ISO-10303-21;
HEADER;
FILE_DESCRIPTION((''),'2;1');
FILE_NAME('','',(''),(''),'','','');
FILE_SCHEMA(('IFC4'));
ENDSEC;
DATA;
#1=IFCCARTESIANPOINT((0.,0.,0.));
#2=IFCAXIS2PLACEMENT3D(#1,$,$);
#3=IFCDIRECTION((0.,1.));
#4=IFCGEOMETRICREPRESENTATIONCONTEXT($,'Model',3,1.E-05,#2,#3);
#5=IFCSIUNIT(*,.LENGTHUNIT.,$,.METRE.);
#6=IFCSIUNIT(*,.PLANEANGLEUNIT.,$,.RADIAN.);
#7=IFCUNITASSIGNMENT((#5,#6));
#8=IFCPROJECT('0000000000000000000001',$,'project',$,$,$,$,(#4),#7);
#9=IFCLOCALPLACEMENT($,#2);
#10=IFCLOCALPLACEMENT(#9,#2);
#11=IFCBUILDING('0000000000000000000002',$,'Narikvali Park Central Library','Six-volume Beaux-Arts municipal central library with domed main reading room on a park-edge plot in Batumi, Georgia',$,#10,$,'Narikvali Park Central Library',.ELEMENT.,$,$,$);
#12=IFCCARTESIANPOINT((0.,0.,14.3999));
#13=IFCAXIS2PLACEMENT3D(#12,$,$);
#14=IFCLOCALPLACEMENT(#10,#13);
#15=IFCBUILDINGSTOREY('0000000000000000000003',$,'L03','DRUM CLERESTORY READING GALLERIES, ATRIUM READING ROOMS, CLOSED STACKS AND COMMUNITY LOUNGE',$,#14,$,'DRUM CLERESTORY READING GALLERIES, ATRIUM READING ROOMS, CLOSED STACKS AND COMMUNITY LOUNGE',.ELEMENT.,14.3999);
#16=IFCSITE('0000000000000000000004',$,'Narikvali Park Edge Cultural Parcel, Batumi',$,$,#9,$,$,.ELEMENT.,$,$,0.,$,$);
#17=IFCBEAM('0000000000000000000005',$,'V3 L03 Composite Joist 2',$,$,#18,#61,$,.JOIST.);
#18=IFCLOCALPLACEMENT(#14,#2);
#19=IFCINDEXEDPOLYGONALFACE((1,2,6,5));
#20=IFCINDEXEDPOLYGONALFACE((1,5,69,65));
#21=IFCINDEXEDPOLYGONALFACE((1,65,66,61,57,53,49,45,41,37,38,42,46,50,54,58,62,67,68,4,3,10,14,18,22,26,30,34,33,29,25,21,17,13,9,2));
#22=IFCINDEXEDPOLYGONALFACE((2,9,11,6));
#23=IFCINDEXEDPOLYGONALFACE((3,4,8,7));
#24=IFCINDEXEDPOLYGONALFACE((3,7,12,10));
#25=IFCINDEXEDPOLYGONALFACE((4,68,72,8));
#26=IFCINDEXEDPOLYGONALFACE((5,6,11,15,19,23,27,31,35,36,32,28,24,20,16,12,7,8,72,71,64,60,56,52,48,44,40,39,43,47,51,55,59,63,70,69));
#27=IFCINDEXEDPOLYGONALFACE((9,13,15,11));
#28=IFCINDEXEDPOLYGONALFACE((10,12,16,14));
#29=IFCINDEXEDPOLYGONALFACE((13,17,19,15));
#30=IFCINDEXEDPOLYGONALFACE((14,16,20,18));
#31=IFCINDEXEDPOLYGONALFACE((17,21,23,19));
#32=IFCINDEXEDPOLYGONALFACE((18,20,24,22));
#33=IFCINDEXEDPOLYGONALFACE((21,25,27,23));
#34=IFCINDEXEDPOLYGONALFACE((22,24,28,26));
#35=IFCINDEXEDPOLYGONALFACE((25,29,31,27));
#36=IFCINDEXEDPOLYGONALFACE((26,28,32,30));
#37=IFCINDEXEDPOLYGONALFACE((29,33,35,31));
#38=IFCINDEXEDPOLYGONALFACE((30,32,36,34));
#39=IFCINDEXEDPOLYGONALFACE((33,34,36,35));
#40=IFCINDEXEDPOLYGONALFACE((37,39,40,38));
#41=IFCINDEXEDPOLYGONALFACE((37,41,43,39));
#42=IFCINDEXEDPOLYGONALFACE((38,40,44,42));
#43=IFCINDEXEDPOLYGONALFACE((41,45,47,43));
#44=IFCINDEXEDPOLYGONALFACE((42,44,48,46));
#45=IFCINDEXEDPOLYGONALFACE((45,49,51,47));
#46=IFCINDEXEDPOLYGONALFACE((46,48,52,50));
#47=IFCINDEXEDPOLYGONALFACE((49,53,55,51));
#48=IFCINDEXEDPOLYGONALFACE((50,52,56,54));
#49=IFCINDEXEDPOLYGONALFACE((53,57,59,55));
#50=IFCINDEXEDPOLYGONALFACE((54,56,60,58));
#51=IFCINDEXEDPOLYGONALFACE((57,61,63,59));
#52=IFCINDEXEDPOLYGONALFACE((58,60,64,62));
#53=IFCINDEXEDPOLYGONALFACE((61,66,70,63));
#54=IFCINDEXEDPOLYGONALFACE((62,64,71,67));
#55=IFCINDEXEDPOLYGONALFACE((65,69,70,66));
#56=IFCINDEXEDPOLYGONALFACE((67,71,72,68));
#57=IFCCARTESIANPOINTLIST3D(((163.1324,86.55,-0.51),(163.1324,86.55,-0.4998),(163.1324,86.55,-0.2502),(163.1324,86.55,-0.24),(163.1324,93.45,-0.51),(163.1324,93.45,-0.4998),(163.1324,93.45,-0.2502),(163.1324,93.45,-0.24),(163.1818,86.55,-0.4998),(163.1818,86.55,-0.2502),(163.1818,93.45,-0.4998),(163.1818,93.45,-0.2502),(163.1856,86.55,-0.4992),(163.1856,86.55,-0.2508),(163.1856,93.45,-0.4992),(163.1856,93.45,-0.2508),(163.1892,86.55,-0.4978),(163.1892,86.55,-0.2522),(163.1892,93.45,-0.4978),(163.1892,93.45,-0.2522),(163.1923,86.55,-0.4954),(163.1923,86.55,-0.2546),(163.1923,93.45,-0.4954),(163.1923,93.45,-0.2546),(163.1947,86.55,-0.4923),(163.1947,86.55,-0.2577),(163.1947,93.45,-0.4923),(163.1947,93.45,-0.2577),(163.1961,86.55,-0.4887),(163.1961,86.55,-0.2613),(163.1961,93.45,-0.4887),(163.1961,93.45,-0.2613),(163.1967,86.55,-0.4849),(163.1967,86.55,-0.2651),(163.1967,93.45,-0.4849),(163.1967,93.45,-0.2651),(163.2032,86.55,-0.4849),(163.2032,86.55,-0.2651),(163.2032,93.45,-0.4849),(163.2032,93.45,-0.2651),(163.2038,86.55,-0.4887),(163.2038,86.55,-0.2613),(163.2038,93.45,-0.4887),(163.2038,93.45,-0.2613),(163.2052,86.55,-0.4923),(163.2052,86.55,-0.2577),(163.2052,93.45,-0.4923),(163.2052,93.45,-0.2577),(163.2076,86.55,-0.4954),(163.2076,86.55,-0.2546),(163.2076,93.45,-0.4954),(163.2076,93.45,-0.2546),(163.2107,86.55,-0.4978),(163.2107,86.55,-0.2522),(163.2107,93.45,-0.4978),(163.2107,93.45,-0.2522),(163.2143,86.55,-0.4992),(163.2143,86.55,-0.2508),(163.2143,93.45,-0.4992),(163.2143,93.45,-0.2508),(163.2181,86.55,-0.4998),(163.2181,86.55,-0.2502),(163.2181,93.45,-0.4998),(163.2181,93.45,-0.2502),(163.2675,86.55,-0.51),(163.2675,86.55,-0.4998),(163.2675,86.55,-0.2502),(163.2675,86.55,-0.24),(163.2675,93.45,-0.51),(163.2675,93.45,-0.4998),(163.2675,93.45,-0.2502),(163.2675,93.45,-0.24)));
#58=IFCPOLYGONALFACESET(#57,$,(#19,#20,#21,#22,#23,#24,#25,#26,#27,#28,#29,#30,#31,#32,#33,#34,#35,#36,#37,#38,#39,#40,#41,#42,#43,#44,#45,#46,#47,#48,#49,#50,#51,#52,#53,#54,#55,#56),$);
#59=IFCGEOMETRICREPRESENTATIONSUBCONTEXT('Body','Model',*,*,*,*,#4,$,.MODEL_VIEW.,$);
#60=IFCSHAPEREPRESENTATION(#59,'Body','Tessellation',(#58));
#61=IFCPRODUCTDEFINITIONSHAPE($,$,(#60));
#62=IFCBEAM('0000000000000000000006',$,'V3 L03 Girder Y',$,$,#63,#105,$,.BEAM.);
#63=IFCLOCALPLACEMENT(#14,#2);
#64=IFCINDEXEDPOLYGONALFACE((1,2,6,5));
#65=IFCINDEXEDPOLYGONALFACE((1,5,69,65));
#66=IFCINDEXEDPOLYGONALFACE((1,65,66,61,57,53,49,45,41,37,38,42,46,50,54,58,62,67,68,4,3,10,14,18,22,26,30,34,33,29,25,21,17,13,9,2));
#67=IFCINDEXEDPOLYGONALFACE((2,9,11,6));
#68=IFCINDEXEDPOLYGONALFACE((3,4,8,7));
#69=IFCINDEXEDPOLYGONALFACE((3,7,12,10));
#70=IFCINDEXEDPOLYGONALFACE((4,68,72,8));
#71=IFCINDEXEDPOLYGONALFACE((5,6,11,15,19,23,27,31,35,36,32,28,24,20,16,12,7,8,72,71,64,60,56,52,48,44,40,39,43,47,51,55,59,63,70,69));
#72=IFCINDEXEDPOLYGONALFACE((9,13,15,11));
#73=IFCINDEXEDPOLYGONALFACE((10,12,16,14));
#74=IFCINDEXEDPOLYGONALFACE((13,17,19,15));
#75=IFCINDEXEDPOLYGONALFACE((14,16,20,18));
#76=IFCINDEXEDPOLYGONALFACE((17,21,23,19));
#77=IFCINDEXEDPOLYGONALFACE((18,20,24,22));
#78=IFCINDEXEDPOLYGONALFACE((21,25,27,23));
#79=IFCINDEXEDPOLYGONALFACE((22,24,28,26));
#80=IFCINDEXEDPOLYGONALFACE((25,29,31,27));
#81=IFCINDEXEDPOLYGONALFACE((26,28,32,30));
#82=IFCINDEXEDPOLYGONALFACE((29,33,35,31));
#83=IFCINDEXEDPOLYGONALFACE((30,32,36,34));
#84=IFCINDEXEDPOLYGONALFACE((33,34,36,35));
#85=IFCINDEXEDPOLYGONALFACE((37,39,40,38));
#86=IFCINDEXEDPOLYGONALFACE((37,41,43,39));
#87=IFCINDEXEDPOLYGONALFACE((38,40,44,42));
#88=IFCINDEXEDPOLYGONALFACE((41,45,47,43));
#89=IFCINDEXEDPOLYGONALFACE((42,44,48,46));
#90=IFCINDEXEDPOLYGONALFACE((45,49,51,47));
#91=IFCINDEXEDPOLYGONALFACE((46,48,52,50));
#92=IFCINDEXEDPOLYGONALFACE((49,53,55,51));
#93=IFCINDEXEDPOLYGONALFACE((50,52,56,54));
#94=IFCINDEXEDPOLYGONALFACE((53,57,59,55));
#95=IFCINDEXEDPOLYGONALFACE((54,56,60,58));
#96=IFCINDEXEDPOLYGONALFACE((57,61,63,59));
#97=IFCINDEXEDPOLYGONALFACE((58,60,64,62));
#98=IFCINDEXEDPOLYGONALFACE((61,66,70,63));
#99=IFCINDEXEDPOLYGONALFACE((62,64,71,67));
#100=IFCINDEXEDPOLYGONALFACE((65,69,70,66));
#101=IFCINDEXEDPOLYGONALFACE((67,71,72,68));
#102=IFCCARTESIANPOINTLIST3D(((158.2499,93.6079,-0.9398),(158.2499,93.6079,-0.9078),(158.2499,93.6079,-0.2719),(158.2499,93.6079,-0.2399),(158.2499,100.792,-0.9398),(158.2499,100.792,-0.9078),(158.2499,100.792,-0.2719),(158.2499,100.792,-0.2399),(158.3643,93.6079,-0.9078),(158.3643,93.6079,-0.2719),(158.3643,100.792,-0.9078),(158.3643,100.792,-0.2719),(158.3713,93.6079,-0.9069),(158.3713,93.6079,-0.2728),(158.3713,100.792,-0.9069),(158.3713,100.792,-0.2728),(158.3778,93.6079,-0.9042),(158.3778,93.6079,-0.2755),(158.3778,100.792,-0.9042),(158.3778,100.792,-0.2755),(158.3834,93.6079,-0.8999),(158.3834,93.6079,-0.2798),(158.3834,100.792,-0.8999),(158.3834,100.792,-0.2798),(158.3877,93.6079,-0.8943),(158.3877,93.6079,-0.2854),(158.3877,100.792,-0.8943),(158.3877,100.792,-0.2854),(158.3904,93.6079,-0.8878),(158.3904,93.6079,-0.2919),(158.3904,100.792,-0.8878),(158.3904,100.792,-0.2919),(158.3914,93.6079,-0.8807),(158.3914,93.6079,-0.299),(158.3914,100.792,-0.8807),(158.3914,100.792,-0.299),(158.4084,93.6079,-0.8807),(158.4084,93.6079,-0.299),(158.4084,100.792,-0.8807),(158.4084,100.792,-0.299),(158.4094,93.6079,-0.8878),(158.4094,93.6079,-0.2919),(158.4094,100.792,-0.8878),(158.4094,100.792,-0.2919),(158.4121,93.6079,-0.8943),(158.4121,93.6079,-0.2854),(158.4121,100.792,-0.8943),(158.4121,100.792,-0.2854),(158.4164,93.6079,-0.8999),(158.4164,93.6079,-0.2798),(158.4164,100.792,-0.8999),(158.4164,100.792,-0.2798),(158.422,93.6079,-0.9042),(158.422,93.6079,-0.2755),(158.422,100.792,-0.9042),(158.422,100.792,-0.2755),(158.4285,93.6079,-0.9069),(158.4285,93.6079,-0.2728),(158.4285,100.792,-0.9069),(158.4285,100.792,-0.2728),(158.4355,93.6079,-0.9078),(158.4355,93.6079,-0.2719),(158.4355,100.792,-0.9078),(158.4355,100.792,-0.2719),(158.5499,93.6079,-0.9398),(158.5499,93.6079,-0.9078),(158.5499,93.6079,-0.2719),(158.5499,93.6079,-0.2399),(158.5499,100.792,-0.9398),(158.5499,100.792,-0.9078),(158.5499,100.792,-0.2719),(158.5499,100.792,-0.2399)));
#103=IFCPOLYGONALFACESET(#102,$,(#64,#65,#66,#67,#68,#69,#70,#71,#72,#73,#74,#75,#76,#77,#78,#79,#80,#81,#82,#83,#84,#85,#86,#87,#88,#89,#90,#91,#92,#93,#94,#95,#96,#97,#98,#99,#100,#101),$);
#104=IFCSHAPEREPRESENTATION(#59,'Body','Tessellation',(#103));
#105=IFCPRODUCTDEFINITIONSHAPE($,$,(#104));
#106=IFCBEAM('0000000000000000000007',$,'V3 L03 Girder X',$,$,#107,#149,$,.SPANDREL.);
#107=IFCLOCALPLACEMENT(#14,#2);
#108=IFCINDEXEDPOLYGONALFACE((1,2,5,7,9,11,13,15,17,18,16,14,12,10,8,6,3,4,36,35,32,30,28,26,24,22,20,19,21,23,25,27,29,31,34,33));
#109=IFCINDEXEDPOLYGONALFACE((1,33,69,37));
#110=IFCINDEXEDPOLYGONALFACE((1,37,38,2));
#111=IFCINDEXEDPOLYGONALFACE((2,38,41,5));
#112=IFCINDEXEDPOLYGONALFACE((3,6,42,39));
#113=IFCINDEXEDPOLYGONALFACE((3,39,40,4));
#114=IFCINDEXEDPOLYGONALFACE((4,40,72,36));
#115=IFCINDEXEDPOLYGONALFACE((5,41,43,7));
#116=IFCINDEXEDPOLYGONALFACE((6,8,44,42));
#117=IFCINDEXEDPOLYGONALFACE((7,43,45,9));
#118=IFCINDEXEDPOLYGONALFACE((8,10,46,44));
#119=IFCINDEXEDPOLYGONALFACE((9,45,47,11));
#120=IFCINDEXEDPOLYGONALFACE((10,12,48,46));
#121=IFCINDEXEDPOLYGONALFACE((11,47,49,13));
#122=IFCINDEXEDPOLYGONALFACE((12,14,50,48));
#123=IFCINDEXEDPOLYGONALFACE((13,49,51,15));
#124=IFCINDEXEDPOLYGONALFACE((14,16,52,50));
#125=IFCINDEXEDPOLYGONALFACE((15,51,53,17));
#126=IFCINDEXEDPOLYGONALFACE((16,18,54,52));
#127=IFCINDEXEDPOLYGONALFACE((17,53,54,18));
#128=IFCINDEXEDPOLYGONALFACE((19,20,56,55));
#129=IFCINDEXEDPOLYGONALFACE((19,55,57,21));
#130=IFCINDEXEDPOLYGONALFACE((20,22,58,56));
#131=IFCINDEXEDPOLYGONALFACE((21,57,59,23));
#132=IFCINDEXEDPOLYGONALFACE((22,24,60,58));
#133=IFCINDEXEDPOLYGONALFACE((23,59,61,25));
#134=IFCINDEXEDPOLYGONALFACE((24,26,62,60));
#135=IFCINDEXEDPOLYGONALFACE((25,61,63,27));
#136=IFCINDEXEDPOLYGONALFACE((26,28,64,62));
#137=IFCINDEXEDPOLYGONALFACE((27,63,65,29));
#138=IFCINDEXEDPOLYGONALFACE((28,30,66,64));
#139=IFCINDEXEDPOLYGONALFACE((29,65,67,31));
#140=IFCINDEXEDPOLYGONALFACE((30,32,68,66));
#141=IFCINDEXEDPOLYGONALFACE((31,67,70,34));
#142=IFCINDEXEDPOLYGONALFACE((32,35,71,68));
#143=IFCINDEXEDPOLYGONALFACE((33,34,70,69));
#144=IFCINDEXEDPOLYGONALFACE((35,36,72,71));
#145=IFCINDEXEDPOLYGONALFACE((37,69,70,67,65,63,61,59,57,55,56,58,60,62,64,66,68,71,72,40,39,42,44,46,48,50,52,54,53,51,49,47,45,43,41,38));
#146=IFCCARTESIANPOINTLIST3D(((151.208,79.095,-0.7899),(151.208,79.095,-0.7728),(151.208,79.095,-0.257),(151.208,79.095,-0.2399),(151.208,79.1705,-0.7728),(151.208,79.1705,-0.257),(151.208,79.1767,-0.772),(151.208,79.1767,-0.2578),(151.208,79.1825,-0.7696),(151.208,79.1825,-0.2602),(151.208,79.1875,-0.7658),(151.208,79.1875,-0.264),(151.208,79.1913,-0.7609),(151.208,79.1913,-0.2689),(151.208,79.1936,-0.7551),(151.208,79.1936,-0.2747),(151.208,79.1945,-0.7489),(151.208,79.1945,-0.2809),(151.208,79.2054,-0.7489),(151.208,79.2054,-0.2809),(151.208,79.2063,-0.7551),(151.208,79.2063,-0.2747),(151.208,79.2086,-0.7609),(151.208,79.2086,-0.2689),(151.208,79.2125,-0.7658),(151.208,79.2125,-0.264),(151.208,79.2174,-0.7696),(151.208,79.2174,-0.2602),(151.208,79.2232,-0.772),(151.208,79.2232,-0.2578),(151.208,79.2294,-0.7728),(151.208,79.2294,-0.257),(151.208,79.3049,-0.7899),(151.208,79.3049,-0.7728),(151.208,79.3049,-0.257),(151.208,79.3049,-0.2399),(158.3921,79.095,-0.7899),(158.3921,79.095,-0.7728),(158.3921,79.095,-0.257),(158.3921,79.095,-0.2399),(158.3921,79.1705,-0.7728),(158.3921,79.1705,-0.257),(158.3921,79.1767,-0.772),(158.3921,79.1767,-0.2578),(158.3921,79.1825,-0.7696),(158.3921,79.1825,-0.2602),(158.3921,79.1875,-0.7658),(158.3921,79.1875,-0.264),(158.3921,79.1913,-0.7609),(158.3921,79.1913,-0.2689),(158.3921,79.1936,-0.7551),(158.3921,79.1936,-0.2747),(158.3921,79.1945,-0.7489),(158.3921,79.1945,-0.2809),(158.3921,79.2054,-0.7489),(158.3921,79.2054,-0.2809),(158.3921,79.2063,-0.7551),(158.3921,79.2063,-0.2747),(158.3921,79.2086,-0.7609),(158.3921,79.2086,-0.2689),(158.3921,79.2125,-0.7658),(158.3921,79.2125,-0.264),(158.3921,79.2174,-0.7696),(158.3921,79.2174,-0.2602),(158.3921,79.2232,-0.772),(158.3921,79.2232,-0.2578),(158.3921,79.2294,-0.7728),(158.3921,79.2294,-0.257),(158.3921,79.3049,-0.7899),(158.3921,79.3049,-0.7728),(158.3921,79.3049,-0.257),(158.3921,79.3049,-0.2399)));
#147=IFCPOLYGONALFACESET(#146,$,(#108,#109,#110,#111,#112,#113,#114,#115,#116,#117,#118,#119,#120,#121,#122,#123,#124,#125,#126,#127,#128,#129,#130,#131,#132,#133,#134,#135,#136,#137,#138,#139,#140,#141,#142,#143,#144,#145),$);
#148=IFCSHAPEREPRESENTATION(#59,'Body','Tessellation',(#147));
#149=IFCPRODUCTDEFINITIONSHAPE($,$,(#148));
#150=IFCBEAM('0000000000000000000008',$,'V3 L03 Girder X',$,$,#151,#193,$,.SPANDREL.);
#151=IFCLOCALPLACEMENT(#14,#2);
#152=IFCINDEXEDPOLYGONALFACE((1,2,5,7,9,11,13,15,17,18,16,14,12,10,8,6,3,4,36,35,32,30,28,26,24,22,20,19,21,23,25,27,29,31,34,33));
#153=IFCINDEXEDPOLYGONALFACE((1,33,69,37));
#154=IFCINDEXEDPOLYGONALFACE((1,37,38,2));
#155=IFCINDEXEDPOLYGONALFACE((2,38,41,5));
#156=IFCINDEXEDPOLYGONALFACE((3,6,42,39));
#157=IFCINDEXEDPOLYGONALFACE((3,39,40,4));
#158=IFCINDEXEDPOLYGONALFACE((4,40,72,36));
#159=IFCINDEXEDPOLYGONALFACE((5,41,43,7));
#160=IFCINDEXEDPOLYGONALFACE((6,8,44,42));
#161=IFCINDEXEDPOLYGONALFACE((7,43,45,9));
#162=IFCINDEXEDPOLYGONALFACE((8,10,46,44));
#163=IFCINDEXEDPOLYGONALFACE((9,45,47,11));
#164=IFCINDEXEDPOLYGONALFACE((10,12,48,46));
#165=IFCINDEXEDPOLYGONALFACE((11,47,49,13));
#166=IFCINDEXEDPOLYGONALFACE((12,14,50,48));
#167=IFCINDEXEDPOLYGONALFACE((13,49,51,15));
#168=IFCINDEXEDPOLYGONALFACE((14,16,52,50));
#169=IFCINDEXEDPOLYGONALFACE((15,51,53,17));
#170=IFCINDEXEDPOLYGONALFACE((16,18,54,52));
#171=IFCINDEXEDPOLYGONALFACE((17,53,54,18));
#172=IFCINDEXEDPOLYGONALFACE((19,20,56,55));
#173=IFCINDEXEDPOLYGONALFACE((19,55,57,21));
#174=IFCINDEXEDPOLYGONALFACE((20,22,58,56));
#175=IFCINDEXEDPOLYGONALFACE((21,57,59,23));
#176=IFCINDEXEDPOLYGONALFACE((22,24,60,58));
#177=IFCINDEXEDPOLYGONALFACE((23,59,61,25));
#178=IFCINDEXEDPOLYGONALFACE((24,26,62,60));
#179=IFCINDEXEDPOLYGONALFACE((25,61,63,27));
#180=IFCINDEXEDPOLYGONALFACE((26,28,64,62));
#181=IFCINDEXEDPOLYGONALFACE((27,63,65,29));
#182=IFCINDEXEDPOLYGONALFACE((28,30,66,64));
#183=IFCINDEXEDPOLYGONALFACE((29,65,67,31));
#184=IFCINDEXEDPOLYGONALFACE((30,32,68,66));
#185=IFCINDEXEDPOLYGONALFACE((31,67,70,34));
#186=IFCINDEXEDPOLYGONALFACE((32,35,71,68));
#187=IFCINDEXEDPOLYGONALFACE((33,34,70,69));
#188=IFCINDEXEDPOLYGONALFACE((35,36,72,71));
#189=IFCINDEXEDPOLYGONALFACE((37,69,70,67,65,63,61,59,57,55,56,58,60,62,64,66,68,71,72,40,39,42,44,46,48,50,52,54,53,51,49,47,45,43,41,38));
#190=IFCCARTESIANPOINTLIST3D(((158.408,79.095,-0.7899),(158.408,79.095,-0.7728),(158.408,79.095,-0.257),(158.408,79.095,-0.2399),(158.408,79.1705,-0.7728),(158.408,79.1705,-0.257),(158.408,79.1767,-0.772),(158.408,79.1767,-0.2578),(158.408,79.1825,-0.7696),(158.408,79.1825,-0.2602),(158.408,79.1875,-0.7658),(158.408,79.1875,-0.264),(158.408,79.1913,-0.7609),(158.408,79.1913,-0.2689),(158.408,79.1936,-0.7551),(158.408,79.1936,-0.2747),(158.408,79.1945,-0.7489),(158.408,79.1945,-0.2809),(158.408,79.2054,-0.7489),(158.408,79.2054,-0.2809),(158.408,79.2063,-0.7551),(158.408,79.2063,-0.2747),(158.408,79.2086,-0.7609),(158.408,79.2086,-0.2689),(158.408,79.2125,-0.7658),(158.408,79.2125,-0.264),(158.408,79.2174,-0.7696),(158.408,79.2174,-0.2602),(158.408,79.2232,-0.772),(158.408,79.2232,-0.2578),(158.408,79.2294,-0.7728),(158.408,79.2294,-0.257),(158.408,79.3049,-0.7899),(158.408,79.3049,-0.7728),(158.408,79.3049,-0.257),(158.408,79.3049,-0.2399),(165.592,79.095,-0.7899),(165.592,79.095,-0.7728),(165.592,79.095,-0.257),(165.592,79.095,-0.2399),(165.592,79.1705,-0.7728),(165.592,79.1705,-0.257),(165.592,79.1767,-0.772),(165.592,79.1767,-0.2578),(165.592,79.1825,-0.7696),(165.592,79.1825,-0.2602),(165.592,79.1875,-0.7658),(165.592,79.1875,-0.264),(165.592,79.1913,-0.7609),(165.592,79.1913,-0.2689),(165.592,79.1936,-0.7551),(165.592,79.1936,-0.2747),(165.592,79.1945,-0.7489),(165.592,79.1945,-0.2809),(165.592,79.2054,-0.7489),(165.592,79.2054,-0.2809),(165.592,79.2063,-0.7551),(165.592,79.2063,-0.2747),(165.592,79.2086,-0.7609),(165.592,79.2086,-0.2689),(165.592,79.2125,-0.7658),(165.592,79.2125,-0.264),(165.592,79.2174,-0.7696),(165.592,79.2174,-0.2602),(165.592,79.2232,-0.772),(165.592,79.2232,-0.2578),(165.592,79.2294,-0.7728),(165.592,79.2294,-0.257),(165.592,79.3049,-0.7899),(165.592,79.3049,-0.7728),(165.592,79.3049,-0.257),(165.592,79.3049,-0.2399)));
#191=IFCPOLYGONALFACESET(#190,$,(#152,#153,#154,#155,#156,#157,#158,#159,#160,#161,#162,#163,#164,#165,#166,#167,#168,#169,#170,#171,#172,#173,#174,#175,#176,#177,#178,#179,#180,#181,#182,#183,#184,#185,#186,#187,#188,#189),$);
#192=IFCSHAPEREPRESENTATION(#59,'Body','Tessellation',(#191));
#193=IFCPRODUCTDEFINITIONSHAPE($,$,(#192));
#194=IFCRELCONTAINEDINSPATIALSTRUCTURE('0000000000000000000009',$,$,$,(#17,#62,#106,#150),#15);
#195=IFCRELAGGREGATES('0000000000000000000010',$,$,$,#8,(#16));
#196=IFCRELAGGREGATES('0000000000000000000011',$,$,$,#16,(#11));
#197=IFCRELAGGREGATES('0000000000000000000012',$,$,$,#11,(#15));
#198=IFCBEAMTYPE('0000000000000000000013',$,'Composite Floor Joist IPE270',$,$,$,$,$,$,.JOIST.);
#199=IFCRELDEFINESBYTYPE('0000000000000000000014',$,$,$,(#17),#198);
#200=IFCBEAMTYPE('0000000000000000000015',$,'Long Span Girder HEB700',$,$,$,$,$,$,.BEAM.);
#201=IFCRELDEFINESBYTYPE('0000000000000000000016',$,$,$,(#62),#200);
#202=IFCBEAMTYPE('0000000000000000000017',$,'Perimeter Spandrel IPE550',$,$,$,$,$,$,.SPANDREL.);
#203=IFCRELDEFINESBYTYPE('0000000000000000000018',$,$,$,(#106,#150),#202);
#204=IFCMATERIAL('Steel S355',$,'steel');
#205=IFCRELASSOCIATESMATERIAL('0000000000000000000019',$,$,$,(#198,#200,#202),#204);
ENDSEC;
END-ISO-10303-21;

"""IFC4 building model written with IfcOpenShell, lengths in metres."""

from ifc_helpers import new_model, si_unit, direction, frame, origin, origin_2d, place, context, subcontext, project, spatial, i_section, extrude, material, material_profile, profile_set, type_object, element, save


model = new_model("IFC4")

# Units and contexts
model_context = context("Model", 3, precision=1e-05, world=origin(), true_north=direction((0.0, 1.0)))
body_context = subcontext(model_context, "Body", "Model", "MODEL_VIEW")
ifc_project = project(units=[si_unit("LENGTHUNIT", "METRE"), si_unit("PLANEANGLEUNIT", "RADIAN")], contexts=[model_context])

# Site, building, storey
site_placement = place(None, origin())
site = spatial("IfcSite", under=ifc_project, at=site_placement, Name="Narikvali Park Edge Cultural Parcel, Batumi", CompositionType="ELEMENT", RefElevation=0.0)
building_placement = place(site_placement, origin())
building = spatial("IfcBuilding", under=site, at=building_placement, Name="Narikvali Park Central Library", Description="Six-volume Beaux-Arts municipal central library with domed main reading room on a park-edge plot in Batumi, Georgia", LongName="Narikvali Park Central Library", CompositionType="ELEMENT")
storey_placement = place(building_placement, frame((0.0, 0.0, 14.3999)))
storey = spatial("IfcBuildingStorey", under=building, at=storey_placement, Name="L03", Description="DRUM CLERESTORY READING GALLERIES, ATRIUM READING ROOMS, CLOSED STACKS AND COMMUNITY LOUNGE", LongName="DRUM CLERESTORY READING GALLERIES, ATRIUM READING ROOMS, CLOSED STACKS AND COMMUNITY LOUNGE", CompositionType="ELEMENT", Elevation=14.3999)

# Shared definitions
ifc_material_1 = material(Name="Steel S355", Category="steel")

# Beams
ifc_material_profile_1 = material_profile(ifc_material_1, i_section(OverallWidth=0.135, OverallDepth=0.27, WebThickness=0.0066, FlangeThickness=0.0103, FilletRadius=0.0149, at=origin_2d()), Name="IPE 270")
ifc_profile_set_1 = profile_set([ifc_material_profile_1], Name="Steel S355")
beam_type_1 = type_object("IfcBeamType", Name="Composite Floor Joist IPE270", PredefinedType="JOIST", material=ifc_profile_set_1)
for number, where, z_axis, x_axis, name in (
    (1, (163.2, 86.55, -0.375), (0.0, 1.0, 0.0), (-1.0, 0.0, 0.0), "V3 L03 Composite Joist 2"),
):
    element("IfcBeam", number, at=place(storey_placement, frame(where, z_axis=z_axis, x_axis=x_axis)), inside=storey, type_object=beam_type_1, Name=name, PredefinedType="JOIST", context=body_context, shape_type="SweptSolid", body=[
        extrude(i_section(OverallWidth=0.135, OverallDepth=0.27, WebThickness=0.0066, FlangeThickness=0.0103, FilletRadius=0.0149, at=origin_2d()), origin(), (0.0, 0.0, 1.0), 6.8999),
    ])
ifc_material_profile_2 = material_profile(ifc_material_1, i_section(OverallWidth=0.3, OverallDepth=0.7, WebThickness=0.0171, FlangeThickness=0.032, FilletRadius=0.0271, at=origin_2d()), Name="HEB 700")
ifc_profile_set_2 = profile_set([ifc_material_profile_2], Name="Steel S355")
beam_type_2 = type_object("IfcBeamType", Name="Long Span Girder HEB700", PredefinedType="BEAM", material=ifc_profile_set_2)
beam_placement = place(storey_placement, frame((158.3999, 93.6079, -0.5898), z_axis=(0.0, 1.0, 0.0), x_axis=(-1.0, 0.0, 0.0)))
element("IfcBeam", 2, at=beam_placement, inside=storey, type_object=beam_type_2, Name="V3 L03 Girder Y", PredefinedType="BEAM", context=body_context, shape_type="SweptSolid", body=[
    extrude(i_section(OverallWidth=0.3, OverallDepth=0.7, WebThickness=0.0171, FlangeThickness=0.032, FilletRadius=0.0271, at=origin_2d()), origin(), (0.0, 0.0, 1.0), 7.1841),
])
ifc_material_profile_3 = material_profile(ifc_material_1, i_section(OverallWidth=0.21, OverallDepth=0.55, WebThickness=0.011, FlangeThickness=0.0171, FilletRadius=0.0239, at=origin_2d()), Name="IPE 550")
ifc_profile_set_3 = profile_set([ifc_material_profile_3], Name="Steel S355")
beam_type_3 = type_object("IfcBeamType", Name="Perimeter Spandrel IPE550", PredefinedType="SPANDREL", material=ifc_profile_set_3)
for number, where, z_axis, x_axis, name in (
    (3, (151.208, 79.2, -0.5149), (1.0, 0.0, 0.0), (0.0, 1.0, 0.0), "V3 L03 Girder X"),
    (4, (158.408, 79.2, -0.5149), (1.0, 0.0, 0.0), (0.0, 1.0, 0.0), "V3 L03 Girder X"),
):
    element("IfcBeam", number, at=place(storey_placement, frame(where, z_axis=z_axis, x_axis=x_axis)), inside=storey, type_object=beam_type_3, Name=name, PredefinedType="SPANDREL", context=body_context, shape_type="SweptSolid", body=[
        extrude(i_section(OverallWidth=0.21, OverallDepth=0.55, WebThickness=0.011, FlangeThickness=0.0171, FilletRadius=0.0239, at=origin_2d()), origin(), (0.0, 0.0, 1.0), 7.1841),
    ])

save(model, "model.ifc")
